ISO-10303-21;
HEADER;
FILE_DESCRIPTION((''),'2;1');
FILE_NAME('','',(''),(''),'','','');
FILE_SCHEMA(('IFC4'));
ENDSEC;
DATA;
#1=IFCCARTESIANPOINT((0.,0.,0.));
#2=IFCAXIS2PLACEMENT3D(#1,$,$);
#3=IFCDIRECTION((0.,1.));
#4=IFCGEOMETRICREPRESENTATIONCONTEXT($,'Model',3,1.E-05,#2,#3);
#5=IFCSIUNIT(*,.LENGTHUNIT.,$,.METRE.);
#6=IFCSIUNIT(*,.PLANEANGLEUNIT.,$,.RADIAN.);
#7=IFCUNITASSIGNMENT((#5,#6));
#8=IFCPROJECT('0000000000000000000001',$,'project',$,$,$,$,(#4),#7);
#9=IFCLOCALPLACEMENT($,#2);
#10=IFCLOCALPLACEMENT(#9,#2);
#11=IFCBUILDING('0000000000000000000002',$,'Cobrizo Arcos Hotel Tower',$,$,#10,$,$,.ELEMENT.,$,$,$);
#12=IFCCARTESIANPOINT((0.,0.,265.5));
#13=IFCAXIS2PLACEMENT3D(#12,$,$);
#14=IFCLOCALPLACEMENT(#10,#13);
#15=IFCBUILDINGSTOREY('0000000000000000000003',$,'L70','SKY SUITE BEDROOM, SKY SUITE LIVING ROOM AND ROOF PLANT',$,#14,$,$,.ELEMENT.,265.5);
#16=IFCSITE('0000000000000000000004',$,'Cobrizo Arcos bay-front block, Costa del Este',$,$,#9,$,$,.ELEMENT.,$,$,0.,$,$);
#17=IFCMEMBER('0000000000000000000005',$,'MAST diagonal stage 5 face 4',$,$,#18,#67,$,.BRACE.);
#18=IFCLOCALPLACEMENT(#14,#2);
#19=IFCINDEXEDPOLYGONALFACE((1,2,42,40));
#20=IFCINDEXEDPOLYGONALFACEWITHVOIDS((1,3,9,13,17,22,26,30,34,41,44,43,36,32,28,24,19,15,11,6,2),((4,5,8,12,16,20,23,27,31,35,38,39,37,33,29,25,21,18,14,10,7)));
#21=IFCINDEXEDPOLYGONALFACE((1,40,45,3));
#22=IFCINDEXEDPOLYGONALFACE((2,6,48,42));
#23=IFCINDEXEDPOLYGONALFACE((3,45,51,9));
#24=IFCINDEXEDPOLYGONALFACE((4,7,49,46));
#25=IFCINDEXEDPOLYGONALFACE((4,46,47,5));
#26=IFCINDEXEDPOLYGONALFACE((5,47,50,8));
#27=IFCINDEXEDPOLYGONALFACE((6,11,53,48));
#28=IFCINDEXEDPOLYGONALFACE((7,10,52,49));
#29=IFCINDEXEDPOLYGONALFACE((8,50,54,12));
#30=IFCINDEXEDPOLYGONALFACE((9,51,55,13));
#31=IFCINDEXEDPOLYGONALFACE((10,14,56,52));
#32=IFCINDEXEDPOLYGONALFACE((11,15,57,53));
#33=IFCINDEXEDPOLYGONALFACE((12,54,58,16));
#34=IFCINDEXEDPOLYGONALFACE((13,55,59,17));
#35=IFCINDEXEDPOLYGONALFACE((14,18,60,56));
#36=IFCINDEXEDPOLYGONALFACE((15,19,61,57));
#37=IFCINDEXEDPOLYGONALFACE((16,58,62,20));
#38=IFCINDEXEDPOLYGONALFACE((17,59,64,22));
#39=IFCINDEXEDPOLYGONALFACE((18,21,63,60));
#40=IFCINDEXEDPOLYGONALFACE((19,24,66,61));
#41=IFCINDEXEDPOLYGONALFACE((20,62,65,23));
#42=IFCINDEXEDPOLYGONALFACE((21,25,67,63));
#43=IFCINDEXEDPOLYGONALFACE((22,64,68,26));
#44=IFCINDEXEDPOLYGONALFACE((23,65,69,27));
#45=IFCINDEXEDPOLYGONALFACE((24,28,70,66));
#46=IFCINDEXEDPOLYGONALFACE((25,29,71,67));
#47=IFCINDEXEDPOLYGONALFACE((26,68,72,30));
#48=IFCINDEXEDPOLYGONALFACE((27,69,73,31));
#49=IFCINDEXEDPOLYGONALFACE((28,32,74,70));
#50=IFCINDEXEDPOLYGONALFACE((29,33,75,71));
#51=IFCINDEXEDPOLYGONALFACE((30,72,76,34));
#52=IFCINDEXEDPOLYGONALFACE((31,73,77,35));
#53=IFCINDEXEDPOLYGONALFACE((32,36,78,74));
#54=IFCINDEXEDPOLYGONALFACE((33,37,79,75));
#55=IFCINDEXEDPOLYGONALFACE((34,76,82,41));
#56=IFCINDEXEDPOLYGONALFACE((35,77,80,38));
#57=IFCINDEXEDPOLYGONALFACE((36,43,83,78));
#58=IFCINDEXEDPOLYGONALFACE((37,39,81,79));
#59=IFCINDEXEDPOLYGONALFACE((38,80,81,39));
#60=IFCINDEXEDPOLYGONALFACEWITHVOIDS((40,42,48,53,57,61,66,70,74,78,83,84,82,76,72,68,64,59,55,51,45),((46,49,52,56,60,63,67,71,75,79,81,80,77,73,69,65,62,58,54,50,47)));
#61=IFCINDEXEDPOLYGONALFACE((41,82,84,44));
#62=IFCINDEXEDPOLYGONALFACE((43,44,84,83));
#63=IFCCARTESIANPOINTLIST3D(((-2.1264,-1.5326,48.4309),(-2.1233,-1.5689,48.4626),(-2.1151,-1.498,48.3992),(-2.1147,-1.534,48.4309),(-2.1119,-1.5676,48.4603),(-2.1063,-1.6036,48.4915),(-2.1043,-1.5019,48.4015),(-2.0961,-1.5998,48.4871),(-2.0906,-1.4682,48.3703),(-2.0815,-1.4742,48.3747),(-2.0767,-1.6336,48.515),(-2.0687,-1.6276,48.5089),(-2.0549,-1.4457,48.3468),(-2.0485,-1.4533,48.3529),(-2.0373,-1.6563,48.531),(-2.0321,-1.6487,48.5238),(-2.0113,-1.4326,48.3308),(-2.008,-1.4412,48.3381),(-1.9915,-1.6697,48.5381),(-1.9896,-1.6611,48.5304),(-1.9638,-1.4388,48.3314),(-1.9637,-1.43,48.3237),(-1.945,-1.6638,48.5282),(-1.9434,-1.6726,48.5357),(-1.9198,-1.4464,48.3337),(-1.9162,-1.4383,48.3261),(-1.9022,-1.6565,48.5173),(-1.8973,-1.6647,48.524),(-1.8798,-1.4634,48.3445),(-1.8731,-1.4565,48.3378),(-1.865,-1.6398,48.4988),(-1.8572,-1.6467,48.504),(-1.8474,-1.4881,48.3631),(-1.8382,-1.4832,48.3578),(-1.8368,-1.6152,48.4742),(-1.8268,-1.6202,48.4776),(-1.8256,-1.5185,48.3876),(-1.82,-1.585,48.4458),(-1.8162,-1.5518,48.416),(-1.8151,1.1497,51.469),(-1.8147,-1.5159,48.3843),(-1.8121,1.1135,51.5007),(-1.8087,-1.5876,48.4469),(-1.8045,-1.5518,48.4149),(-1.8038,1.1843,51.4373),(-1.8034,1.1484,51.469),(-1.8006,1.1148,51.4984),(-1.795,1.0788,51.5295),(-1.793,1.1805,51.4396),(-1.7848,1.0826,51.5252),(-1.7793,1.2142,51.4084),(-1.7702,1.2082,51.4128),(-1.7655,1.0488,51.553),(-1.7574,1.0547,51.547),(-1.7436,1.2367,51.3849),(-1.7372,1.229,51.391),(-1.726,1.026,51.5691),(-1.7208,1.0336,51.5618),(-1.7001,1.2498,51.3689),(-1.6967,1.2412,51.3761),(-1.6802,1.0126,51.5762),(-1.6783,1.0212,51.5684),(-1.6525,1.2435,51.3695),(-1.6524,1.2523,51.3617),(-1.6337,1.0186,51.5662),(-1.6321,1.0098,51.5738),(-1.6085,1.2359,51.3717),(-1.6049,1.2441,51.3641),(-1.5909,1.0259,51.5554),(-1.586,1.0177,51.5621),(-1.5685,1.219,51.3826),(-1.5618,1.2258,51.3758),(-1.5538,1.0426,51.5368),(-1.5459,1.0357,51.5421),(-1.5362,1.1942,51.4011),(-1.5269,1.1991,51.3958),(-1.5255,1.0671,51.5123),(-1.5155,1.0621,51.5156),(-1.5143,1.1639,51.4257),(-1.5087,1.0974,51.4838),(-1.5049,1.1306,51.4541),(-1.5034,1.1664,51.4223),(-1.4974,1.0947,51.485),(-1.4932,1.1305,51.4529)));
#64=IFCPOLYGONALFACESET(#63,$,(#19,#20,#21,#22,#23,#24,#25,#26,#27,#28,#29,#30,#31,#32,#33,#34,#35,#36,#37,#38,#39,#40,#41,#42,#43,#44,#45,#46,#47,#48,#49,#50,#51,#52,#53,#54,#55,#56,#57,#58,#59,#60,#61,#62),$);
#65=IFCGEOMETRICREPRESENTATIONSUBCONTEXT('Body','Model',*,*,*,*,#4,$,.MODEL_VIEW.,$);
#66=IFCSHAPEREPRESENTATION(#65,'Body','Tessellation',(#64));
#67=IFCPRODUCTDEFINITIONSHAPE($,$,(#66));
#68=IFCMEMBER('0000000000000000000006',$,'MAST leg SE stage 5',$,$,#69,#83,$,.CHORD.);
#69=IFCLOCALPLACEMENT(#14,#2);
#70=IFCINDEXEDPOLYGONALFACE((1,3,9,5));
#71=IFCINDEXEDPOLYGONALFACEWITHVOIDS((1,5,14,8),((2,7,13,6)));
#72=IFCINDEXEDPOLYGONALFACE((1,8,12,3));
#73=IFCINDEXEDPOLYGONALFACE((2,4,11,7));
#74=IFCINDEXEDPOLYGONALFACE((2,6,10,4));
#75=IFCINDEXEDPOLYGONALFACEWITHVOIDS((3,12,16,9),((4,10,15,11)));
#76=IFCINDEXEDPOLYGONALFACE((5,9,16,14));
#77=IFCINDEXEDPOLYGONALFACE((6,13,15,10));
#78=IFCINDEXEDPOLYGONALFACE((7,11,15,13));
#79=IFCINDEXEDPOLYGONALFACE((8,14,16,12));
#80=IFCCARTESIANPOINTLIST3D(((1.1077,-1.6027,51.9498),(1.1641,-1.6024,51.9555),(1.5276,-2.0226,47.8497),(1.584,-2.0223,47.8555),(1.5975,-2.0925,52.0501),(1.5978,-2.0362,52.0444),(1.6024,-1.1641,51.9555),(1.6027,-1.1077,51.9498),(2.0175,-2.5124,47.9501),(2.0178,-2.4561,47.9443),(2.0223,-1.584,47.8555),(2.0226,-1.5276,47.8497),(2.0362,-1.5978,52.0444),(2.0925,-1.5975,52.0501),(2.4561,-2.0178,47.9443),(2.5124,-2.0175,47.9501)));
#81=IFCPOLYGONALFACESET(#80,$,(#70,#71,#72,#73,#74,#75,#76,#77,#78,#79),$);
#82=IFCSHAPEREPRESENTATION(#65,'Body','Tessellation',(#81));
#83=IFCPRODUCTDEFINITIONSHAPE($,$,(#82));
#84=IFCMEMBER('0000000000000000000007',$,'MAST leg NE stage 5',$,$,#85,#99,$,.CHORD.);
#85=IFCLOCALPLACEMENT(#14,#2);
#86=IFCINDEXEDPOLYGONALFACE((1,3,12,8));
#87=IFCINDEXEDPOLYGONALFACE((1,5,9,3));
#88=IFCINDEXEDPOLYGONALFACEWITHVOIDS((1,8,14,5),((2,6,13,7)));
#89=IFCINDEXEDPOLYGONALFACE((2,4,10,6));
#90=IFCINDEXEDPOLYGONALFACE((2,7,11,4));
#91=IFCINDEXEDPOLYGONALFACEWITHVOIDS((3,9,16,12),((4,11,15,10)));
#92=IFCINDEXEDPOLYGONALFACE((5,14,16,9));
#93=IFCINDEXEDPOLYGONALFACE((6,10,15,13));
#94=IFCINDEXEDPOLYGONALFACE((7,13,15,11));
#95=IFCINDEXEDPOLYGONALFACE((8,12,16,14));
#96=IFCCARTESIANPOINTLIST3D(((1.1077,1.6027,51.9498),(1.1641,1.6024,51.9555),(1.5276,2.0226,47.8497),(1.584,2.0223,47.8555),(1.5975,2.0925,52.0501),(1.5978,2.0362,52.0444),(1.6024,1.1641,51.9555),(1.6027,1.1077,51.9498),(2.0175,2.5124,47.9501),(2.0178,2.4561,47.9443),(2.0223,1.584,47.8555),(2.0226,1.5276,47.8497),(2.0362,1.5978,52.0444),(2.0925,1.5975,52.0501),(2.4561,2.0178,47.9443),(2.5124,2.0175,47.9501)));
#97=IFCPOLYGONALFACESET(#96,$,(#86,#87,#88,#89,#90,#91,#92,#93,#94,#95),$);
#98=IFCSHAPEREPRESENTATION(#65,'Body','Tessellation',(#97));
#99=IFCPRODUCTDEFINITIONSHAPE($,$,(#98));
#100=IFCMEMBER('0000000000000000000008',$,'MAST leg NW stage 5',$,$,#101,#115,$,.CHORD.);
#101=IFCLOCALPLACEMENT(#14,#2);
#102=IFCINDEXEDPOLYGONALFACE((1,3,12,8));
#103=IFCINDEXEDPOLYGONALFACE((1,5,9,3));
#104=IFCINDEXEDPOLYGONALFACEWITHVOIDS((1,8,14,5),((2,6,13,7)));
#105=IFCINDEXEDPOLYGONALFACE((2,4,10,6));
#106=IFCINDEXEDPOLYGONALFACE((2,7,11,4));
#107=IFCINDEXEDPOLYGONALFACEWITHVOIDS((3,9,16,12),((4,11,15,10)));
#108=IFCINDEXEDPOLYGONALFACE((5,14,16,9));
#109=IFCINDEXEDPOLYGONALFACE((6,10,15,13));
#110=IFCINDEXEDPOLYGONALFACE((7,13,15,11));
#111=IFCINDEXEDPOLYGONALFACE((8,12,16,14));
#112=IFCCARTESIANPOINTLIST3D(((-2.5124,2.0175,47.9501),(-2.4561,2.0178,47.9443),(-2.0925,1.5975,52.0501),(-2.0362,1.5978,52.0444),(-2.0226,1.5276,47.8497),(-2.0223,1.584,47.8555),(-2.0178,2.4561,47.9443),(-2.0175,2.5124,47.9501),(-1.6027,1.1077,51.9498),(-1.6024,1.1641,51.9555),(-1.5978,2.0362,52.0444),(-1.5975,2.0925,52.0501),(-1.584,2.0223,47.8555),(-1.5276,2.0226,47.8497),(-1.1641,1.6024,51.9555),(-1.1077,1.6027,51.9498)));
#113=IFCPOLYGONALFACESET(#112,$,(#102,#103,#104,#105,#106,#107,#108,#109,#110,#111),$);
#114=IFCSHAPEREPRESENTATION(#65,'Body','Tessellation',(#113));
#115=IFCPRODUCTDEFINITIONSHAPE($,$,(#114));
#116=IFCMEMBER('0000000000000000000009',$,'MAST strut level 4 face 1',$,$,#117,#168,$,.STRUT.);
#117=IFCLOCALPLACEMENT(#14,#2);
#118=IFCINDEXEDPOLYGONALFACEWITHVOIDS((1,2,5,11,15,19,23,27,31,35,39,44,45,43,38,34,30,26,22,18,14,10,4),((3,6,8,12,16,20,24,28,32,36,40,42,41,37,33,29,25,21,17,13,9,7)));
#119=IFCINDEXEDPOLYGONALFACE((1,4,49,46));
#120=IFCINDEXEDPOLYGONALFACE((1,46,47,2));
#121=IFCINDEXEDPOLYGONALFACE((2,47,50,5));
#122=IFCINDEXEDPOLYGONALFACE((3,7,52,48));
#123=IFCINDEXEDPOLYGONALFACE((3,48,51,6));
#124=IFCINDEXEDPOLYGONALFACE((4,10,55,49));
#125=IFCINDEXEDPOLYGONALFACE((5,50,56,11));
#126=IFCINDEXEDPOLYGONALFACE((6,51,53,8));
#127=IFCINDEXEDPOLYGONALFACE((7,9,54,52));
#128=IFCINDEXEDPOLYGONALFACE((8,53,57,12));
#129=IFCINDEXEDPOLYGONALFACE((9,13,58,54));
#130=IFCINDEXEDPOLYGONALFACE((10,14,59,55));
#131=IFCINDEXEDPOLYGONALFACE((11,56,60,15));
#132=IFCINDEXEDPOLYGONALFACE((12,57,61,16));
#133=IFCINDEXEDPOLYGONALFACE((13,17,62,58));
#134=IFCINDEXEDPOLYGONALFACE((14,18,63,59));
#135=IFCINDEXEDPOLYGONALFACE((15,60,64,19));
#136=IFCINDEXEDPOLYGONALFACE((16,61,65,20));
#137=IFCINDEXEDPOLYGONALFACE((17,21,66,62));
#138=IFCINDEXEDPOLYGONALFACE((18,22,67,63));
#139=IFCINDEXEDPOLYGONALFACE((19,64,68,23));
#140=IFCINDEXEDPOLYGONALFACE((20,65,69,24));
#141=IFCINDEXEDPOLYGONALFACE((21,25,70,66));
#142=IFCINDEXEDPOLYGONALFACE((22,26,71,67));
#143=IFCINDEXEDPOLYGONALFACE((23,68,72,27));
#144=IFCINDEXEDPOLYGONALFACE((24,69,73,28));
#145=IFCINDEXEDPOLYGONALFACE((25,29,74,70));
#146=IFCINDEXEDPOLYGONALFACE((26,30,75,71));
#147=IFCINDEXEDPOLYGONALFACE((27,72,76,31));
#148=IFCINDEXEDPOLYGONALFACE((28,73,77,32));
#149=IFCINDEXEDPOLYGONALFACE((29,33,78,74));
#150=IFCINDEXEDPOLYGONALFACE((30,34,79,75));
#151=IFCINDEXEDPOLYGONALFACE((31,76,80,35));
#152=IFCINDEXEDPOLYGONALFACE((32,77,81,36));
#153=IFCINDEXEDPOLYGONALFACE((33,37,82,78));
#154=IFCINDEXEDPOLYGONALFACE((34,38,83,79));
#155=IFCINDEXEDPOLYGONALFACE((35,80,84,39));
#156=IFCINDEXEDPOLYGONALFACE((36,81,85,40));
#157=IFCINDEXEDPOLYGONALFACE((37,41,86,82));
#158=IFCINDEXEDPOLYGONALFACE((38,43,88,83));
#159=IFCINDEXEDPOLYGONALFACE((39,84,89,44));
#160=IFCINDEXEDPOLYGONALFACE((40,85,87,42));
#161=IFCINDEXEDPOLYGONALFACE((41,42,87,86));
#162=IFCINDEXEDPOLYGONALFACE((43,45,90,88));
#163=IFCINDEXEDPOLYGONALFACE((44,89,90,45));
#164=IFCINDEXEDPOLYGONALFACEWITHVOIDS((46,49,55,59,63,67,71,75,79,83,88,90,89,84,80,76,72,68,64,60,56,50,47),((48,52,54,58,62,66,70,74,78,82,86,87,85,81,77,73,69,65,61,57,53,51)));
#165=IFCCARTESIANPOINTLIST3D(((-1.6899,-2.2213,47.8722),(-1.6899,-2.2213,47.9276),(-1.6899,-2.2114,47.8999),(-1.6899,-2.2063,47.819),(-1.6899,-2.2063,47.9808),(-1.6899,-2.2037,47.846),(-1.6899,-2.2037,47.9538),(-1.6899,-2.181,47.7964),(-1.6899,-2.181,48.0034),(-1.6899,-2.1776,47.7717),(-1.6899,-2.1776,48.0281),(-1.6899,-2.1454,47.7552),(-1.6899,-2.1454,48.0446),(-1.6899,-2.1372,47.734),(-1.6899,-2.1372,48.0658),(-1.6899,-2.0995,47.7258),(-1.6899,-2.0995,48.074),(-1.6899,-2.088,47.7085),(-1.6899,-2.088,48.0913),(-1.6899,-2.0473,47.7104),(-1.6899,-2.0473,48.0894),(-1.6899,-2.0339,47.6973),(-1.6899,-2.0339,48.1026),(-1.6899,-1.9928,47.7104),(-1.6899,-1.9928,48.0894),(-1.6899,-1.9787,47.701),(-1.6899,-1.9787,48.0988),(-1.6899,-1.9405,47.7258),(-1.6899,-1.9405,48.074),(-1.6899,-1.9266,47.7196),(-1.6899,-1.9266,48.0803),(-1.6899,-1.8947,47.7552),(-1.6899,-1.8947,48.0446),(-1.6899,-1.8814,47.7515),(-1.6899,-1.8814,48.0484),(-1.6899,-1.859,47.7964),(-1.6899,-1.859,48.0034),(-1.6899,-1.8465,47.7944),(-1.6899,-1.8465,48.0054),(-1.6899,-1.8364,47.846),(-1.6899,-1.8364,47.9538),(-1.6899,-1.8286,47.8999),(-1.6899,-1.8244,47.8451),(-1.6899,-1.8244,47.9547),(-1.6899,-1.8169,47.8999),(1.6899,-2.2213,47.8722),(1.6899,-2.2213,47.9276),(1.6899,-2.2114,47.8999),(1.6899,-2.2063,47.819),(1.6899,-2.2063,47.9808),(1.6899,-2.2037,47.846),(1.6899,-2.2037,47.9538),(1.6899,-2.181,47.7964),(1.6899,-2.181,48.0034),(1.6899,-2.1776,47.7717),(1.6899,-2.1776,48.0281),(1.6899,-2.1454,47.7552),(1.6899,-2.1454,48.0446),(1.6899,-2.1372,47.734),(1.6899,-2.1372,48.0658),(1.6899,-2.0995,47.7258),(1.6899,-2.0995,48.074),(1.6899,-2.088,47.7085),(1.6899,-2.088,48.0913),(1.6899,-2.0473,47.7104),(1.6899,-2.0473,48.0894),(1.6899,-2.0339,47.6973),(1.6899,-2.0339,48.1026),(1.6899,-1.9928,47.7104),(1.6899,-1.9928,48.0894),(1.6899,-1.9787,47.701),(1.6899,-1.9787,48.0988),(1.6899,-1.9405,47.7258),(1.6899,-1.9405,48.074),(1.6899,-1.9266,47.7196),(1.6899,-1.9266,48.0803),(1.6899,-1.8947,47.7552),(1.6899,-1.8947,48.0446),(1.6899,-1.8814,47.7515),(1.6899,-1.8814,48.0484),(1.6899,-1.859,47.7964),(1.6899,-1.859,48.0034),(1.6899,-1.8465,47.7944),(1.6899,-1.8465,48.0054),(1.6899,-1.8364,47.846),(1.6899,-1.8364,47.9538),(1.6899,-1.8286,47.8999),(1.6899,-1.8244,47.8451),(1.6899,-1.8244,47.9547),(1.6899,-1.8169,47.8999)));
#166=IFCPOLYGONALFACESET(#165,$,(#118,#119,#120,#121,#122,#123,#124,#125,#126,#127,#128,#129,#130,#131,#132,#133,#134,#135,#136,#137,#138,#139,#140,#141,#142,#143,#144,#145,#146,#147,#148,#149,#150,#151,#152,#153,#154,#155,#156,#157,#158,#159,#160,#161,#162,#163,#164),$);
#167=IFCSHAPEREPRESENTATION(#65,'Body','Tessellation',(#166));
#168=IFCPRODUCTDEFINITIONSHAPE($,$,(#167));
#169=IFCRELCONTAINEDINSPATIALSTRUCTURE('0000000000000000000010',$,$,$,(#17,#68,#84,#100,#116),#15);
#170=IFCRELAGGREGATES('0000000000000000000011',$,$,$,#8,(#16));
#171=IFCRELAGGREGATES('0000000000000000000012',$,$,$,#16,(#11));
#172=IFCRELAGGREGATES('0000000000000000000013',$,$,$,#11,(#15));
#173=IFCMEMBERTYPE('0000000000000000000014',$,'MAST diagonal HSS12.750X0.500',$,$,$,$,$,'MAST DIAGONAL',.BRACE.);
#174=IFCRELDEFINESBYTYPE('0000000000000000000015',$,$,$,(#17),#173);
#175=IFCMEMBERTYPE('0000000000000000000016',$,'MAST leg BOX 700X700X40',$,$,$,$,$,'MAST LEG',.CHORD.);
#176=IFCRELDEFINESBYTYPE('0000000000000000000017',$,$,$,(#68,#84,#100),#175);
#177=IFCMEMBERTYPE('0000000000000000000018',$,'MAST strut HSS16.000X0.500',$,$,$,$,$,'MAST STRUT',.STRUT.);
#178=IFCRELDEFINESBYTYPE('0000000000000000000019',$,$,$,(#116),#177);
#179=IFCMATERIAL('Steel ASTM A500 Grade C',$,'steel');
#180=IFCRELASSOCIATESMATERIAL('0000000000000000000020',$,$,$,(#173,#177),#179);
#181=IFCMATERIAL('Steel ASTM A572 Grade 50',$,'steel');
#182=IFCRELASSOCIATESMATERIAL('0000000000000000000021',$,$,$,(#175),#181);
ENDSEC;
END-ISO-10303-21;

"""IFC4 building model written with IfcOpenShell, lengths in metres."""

from ifc_helpers import new_model, si_unit, direction, frame, origin, origin_2d, place, context, subcontext, project, spatial, hollow_rectangle, hollow_circle, extrude, material, material_profile, profile_set, type_object, element, save


model = new_model("IFC4")

# Units and contexts
model_context = context("Model", 3, precision=1e-05, world=origin(), true_north=direction((0.0, 1.0)))
body_context = subcontext(model_context, "Body", "Model", "MODEL_VIEW")
ifc_project = project(units=[si_unit("LENGTHUNIT", "METRE"), si_unit("PLANEANGLEUNIT", "RADIAN")], contexts=[model_context])

# Site, building, storey
site_placement = place(None, origin())
site = spatial("IfcSite", under=ifc_project, at=site_placement, Name="Cobrizo Arcos bay-front block, Costa del Este", CompositionType="ELEMENT", RefElevation=0.0)
building_placement = place(site_placement, origin())
building = spatial("IfcBuilding", under=site, at=building_placement, Name="Cobrizo Arcos Hotel Tower", CompositionType="ELEMENT")
storey_placement = place(building_placement, frame((0.0, 0.0, 265.5)))
storey = spatial("IfcBuildingStorey", under=building, at=storey_placement, Name="L70", Description="SKY SUITE BEDROOM, SKY SUITE LIVING ROOM AND ROOF PLANT", CompositionType="ELEMENT", Elevation=265.5)

# Members
ifc_material_1 = material(Name="Steel ASTM A500 Grade C", Category="steel")
ifc_material_profile_1 = material_profile(ifc_material_1, hollow_circle(Radius=0.1619, WallThickness=0.0117, at=origin_2d()), Name="HSS12.750X0.500")
ifc_profile_set_1 = profile_set([ifc_material_profile_1], Name="Steel ASTM A500 Grade C")
member_type_1 = type_object("IfcMemberType", Name="MAST diagonal HSS12.750X0.500", ElementType="MAST DIAGONAL", PredefinedType="BRACE", material=ifc_profile_set_1)
for number, where, z_axis, x_axis, name in (
    (1, (-1.9656, -1.5513, 48.4309), (0.076581, 0.659915, 0.747427), (-0.993334, 0.115273, 0.0), "MAST diagonal stage 5 face 4"),
):
    element("IfcMember", number, at=place(storey_placement, frame(where, z_axis=z_axis, x_axis=x_axis)), inside=storey, type_object=member_type_1, Name=name, PredefinedType="BRACE", context=body_context, shape_type="SweptSolid", body=[
        extrude(hollow_circle(Radius=0.1619, WallThickness=0.0117, at=origin_2d()), origin(), (0.0, 0.0, 1.0), 4.0647),
    ])
ifc_material_2 = material(Name="Steel ASTM A572 Grade 50", Category="steel")
ifc_material_profile_2 = material_profile(ifc_material_2, hollow_rectangle(XDim=0.7, YDim=0.7, WallThickness=0.04, at=origin_2d()), Name="BOX 700X700X40")
ifc_profile_set_2 = profile_set([ifc_material_profile_2], Name="Steel ASTM A572 Grade 50")
member_type_2 = type_object("IfcMemberType", Name="MAST leg BOX 700X700X40", ElementType="MAST LEG", PredefinedType="CHORD", material=ifc_profile_set_2)
for number, where, z_axis, x_axis, name in (
    (2, (2.02, -2.02, 47.8999), (-0.10136, 0.10136, 0.989673), (-0.707107, -0.707107, 0.0), "MAST leg SE stage 5"),
    (3, (2.02, 2.02, 47.8999), (-0.10136, -0.10136, 0.989673), (0.707107, -0.707107, 0.0), "MAST leg NE stage 5"),
    (4, (-2.02, 2.02, 47.8999), (0.10136, -0.10136, 0.989673), (0.707107, 0.707107, 0.0), "MAST leg NW stage 5"),
):
    element("IfcMember", number, at=place(storey_placement, frame(where, z_axis=z_axis, x_axis=x_axis)), inside=storey, type_object=member_type_2, Name=name, PredefinedType="CHORD", context=body_context, shape_type="SweptSolid", body=[
        extrude(hollow_rectangle(XDim=0.7, YDim=0.7, WallThickness=0.04, at=origin_2d()), origin(), (0.0, 0.0, 1.0), 4.1428),
    ])
ifc_material_profile_3 = material_profile(ifc_material_1, hollow_circle(Radius=0.2031, WallThickness=0.0117, at=origin_2d()), Name="HSS16.000X0.500")
ifc_profile_set_3 = profile_set([ifc_material_profile_3], Name="Steel ASTM A500 Grade C")
member_type_3 = type_object("IfcMemberType", Name="MAST strut HSS16.000X0.500", ElementType="MAST STRUT", PredefinedType="STRUT", material=ifc_profile_set_3)
for number, where, z_axis, x_axis, name in (
    (5, (-1.6899, -2.02, 47.8999), (1.0, 0.0, 0.0), (0.0, 1.0, 0.0), "MAST strut level 4 face 1"),
):
    element("IfcMember", number, at=place(storey_placement, frame(where, z_axis=z_axis, x_axis=x_axis)), inside=storey, type_object=member_type_3, Name=name, PredefinedType="STRUT", context=body_context, shape_type="SweptSolid", body=[
        extrude(hollow_circle(Radius=0.2031, WallThickness=0.0117, at=origin_2d()), origin(), (0.0, 0.0, 1.0), 3.3799),
    ])

save(model, "model.ifc")
